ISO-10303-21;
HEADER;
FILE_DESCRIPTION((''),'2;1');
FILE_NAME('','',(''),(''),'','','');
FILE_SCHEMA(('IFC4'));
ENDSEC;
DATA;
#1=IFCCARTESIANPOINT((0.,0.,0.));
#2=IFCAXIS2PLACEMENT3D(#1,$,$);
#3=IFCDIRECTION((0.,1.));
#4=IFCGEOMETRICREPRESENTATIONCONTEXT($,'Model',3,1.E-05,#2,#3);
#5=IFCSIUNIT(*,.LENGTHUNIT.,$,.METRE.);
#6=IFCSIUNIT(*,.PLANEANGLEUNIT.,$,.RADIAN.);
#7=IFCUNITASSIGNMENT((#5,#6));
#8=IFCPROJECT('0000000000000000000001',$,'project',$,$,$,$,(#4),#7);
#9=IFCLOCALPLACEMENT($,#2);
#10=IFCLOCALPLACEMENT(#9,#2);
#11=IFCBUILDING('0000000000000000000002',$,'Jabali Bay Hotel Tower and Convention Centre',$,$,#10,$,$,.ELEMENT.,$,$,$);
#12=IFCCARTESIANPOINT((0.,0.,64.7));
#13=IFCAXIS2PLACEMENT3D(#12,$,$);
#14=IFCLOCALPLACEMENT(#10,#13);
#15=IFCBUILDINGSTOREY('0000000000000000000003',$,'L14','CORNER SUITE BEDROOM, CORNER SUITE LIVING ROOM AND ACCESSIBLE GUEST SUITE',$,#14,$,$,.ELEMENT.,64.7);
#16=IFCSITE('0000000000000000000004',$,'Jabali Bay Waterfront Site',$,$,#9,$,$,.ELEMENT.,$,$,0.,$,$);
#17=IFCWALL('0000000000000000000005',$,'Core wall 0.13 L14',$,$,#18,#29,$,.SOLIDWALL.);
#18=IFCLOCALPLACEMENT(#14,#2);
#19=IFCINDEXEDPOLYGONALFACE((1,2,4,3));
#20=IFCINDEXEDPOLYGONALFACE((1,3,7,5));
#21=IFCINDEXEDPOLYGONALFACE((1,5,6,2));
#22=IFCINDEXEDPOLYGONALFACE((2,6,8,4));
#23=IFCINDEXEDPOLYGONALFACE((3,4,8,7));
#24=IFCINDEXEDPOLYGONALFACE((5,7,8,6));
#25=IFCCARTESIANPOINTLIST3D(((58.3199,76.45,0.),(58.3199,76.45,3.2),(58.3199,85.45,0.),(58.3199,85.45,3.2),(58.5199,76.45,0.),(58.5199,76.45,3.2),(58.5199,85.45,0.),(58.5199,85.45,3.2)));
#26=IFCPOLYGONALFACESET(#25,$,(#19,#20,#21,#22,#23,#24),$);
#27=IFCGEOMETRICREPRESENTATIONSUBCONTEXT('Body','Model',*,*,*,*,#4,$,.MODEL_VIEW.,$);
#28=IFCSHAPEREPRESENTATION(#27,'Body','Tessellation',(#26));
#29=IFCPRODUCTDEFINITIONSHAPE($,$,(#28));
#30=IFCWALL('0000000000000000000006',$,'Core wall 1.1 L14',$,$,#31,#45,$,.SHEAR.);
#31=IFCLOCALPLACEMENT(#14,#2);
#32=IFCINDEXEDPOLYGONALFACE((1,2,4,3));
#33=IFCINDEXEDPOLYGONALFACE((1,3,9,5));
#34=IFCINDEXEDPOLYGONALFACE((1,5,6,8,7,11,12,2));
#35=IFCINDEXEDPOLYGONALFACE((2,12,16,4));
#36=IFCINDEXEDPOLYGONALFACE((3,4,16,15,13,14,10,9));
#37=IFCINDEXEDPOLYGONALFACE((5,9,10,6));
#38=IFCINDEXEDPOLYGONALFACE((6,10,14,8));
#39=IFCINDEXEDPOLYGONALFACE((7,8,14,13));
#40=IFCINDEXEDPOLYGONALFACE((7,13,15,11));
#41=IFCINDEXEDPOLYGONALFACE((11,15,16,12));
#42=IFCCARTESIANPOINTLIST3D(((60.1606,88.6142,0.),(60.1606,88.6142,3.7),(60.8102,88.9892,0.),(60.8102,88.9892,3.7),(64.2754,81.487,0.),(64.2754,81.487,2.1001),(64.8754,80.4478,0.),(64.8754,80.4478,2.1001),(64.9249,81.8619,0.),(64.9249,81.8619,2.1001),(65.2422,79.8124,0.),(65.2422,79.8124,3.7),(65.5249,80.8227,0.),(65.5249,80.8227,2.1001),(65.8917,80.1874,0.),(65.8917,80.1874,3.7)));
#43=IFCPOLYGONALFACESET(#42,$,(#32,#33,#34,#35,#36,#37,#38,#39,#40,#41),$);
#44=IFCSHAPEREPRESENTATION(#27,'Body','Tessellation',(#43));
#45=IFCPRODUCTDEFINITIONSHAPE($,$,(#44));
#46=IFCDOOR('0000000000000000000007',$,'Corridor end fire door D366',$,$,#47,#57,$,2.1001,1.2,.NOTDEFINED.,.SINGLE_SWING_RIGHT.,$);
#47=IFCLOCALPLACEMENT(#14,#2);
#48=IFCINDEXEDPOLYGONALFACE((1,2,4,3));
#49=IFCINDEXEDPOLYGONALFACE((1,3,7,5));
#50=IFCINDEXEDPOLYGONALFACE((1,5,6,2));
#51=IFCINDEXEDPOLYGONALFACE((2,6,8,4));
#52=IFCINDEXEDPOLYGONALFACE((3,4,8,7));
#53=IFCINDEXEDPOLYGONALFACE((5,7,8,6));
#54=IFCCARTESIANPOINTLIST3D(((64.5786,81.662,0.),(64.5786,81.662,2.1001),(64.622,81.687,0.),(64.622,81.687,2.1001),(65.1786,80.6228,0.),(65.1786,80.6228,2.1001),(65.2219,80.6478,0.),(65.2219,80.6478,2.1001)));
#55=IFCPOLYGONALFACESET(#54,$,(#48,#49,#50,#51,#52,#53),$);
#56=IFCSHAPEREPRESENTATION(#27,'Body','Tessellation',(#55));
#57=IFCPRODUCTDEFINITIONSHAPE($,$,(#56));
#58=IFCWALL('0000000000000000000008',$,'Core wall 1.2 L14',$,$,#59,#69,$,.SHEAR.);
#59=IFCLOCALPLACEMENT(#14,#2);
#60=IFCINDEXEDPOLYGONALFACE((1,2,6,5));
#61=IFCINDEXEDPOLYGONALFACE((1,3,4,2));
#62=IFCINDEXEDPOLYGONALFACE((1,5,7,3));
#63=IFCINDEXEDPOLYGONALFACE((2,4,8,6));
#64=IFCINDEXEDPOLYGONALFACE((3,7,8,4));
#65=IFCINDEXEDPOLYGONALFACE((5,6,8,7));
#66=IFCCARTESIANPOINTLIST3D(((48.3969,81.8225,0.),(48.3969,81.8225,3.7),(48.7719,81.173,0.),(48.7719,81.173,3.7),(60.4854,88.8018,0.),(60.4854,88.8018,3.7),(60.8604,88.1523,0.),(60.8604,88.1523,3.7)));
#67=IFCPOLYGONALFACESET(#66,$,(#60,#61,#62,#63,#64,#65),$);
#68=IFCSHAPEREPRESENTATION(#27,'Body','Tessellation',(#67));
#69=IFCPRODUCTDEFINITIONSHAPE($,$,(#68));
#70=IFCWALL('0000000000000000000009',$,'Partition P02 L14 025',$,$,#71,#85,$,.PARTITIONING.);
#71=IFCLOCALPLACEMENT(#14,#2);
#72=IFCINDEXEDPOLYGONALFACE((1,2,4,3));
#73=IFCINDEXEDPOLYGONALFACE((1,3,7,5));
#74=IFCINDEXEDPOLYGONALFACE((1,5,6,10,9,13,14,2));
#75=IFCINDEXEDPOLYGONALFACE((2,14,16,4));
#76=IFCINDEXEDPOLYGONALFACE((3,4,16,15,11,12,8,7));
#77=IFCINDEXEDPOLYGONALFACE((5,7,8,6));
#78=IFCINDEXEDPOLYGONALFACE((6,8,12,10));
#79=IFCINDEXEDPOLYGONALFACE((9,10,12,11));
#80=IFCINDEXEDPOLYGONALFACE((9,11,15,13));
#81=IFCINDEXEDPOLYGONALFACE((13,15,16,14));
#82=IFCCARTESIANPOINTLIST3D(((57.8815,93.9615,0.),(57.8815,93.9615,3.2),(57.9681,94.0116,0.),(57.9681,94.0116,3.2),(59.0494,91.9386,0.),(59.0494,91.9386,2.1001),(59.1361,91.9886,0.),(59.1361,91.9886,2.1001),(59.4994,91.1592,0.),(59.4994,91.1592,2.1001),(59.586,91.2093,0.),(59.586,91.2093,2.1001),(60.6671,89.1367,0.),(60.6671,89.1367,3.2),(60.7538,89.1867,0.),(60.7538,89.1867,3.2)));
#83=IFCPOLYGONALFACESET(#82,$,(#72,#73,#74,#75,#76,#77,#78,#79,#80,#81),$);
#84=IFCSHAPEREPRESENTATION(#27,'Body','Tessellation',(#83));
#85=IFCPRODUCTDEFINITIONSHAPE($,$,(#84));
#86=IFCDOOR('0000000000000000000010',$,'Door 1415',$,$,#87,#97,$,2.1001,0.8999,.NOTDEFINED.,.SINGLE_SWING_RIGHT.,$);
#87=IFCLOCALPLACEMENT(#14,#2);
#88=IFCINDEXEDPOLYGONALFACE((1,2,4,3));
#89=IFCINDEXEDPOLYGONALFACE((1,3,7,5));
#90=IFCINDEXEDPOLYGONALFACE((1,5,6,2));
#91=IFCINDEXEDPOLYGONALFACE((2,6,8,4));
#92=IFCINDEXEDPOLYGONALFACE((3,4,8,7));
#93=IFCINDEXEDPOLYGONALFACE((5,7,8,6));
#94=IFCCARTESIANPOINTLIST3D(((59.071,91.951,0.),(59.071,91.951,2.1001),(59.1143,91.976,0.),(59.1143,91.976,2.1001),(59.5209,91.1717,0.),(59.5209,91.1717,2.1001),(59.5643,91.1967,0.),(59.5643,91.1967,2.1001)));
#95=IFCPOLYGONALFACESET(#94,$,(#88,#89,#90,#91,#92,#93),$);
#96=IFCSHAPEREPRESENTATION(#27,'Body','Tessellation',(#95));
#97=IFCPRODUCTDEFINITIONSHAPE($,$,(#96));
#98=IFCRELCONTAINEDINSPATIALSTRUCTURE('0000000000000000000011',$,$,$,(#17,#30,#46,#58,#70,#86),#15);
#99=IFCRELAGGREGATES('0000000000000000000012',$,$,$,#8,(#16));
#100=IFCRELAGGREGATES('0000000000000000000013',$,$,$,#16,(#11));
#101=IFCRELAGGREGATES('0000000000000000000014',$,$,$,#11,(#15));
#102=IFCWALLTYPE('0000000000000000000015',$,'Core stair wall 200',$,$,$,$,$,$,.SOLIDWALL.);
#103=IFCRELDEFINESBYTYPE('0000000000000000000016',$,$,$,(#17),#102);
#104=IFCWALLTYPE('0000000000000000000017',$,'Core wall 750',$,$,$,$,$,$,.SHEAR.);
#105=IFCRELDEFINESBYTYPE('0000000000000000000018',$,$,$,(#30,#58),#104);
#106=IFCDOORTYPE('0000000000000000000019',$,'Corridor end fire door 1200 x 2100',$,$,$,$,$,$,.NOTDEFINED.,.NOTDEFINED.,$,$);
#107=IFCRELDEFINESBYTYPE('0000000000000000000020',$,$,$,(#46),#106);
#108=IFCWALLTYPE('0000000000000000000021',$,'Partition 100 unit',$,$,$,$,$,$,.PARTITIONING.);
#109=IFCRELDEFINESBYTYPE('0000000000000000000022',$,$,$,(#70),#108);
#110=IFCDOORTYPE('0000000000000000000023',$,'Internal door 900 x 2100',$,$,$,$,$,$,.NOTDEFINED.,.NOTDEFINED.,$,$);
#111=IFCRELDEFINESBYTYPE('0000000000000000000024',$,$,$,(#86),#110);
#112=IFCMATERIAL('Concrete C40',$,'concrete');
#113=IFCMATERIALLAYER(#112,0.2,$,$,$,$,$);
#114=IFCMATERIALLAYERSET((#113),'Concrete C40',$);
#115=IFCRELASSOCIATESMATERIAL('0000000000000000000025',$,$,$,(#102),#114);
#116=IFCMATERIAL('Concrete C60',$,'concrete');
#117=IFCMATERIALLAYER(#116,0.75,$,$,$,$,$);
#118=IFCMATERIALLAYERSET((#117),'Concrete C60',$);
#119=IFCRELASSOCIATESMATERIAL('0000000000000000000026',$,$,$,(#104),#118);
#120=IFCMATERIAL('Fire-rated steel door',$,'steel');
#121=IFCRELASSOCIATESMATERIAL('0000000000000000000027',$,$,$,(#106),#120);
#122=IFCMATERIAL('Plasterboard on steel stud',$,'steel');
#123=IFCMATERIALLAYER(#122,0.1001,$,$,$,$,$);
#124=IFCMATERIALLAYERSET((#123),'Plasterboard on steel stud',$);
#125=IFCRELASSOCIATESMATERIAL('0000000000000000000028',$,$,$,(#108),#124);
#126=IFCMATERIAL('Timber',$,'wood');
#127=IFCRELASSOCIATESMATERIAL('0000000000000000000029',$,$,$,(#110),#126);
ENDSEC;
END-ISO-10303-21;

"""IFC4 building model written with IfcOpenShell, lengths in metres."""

from ifc_helpers import new_model, si_unit, direction, frame, frame_2d, origin, place, context, subcontext, project, spatial, rectangle, extrude, material, layer, layer_set, type_object, element, fill, save


model = new_model("IFC4")

# Units and contexts
model_context = context("Model", 3, precision=1e-05, world=origin(), true_north=direction((0.0, 1.0)))
body_context = subcontext(model_context, "Body", "Model", "MODEL_VIEW")
ifc_project = project(units=[si_unit("LENGTHUNIT", "METRE"), si_unit("PLANEANGLEUNIT", "RADIAN")], contexts=[model_context])

# Site, building, storey
site_placement = place(None, origin())
site = spatial("IfcSite", under=ifc_project, at=site_placement, Name="Jabali Bay Waterfront Site", CompositionType="ELEMENT", RefElevation=0.0)
building_placement = place(site_placement, origin())
building = spatial("IfcBuilding", under=site, at=building_placement, Name="Jabali Bay Hotel Tower and Convention Centre", CompositionType="ELEMENT")
storey_placement = place(building_placement, frame((0.0, 0.0, 64.7)))
storey = spatial("IfcBuildingStorey", under=building, at=storey_placement, Name="L14", Description="CORNER SUITE BEDROOM, CORNER SUITE LIVING ROOM AND ACCESSIBLE GUEST SUITE", CompositionType="ELEMENT", Elevation=64.7)

# Shared definitions
ifc_material_1 = material(Name="Concrete C40", Category="concrete")
ifc_material_2 = material(Name="Fire-rated steel door", Category="steel")

# Shared definitions
ifc_layer_1 = layer(ifc_material_1, 0.2)
ifc_layer_set_1 = layer_set([ifc_layer_1], Name="Concrete C40")
wall_type_1 = type_object("IfcWallType", Name="Core stair wall 200", PredefinedType="SOLIDWALL", material=ifc_layer_set_1)

# Wall
wall_1_placement = place(storey_placement, frame((58.4199, 85.45, 0.0), z_axis=(0.0, 0.0, 1.0), x_axis=(0.0, -1.0, 0.0)))
element("IfcWall", 1, at=wall_1_placement, inside=storey, type_object=wall_type_1, Name="Core wall 0.13 L14", PredefinedType="SOLIDWALL", context=body_context, shape_type="SweptSolid", body=[
    extrude(rectangle(XDim=9.0, YDim=0.2, at=frame_2d((4.5, 0.0))), origin(), (0.0, 0.0, 1.0), 3.2),
])

# Wall, opening, door
ifc_material_3 = material(Name="Concrete C60", Category="concrete")
ifc_layer_2 = layer(ifc_material_3, 0.75)
ifc_layer_set_2 = layer_set([ifc_layer_2], Name="Concrete C60")
wall_type_2 = type_object("IfcWallType", Name="Core wall 750", PredefinedType="SHEAR", material=ifc_layer_set_2)
wall_2_placement = place(storey_placement, frame((65.5669, 80.0, 0.0), z_axis=(0.0, 0.0, 1.0), x_axis=(-0.499989, 0.866032, 0.0)))
wall_2 = element("IfcWall", 2, at=wall_2_placement, inside=storey, type_object=wall_type_2, Name="Core wall 1.1 L14", PredefinedType="SHEAR", context=body_context, shape_type="SweptSolid", body=[
    extrude(rectangle(XDim=10.1633, YDim=0.75, at=frame_2d((5.0815, 0.0))), origin(), (0.0, 0.0, 1.0), 3.7),
])
opening_1_placement = place(wall_2_placement, frame((0.7334, 0.0, 0.0)))
opening_1 = element("IfcOpeningElement", 3, at=opening_1_placement, cuts=wall_2, PredefinedType="OPENING", context=body_context, shape_type="SweptSolid", body=[
    extrude(rectangle(XDim=1.2, YDim=2.1001, at=frame_2d((0.6001, 1.05))), frame((0.0, 0.3855, 0.0), z_axis=(0.0, -1.0, 0.0), x_axis=(1.0, 0.0, 0.0)), (0.0, 0.0, 1.0), 0.771),
])
door_type_1 = type_object("IfcDoorType", Name="Corridor end fire door 1200 x 2100", OperationType="NOTDEFINED", PredefinedType="NOTDEFINED", material=ifc_material_2)
door_1_placement = place(opening_1_placement, origin())
door_1 = element("IfcDoor", 4, at=door_1_placement, inside=storey, type_object=door_type_1, Name="Corridor end fire door D366", OperationType="SINGLE_SWING_RIGHT", OverallHeight=2.1001, OverallWidth=1.2, PredefinedType="NOTDEFINED", context=body_context, shape_type="SweptSolid", body=[
    extrude(rectangle(XDim=1.2, YDim=2.1001, at=frame_2d((0.6001, 1.05))), frame((0.0, 0.0249, 0.0), z_axis=(0.0, -1.0, 0.0), x_axis=(1.0, 0.0, 0.0)), (0.0, 0.0, 1.0), 0.05),
])
fill(opening_1, door_1)

# Wall
wall_3_placement = place(storey_placement, frame((60.6729, 88.4771, 0.0), z_axis=(0.0, 0.0, 1.0), x_axis=(-0.866025, -0.500001, 0.0)))
element("IfcWall", 5, at=wall_3_placement, inside=storey, type_object=wall_type_2, Name="Core wall 1.2 L14", PredefinedType="SHEAR", context=body_context, shape_type="SweptSolid", body=[
    extrude(rectangle(XDim=13.9585, YDim=0.75, at=frame_2d((6.9792, 0.0))), origin(), (0.0, 0.0, 1.0), 3.7),
])

# Wall, opening, door
ifc_material_4 = material(Name="Plasterboard on steel stud", Category="steel")
ifc_layer_3 = layer(ifc_material_4, 0.1001)
ifc_layer_set_3 = layer_set([ifc_layer_3], Name="Plasterboard on steel stud")
wall_type_3 = type_object("IfcWallType", Name="Partition 100 unit", PredefinedType="PARTITIONING", material=ifc_layer_set_3)
wall_4_placement = place(storey_placement, frame((57.9248, 93.9866, 0.0), z_axis=(0.0, 0.0, 1.0), x_axis=(0.499994, -0.866029, 0.0)))
wall_4 = element("IfcWall", 6, at=wall_4_placement, inside=storey, type_object=wall_type_3, Name="Partition P02 L14 025", PredefinedType="PARTITIONING", context=body_context, shape_type="SweptSolid", body=[
    extrude(rectangle(XDim=5.5713, YDim=0.1001, at=frame_2d((2.7856, 0.0))), origin(), (0.0, 0.0, 1.0), 3.2),
])
opening_2_placement = place(wall_4_placement, frame((2.3359, 0.0, 0.0)))
opening_2 = element("IfcOpeningElement", 7, at=opening_2_placement, cuts=wall_4, PredefinedType="OPENING", context=body_context, shape_type="SweptSolid", body=[
    extrude(rectangle(XDim=0.8999, YDim=2.1001, at=frame_2d((0.45, 1.05))), frame((0.0, 0.0605, 0.0), z_axis=(0.0, -1.0, 0.0), x_axis=(1.0, 0.0, 0.0)), (0.0, 0.0, 1.0), 0.1211),
])
ifc_material_5 = material(Name="Timber", Category="wood")
door_type_2 = type_object("IfcDoorType", Name="Internal door 900 x 2100", OperationType="NOTDEFINED", PredefinedType="NOTDEFINED", material=ifc_material_5)
door_2_placement = place(opening_2_placement, origin())
door_2 = element("IfcDoor", 8, at=door_2_placement, inside=storey, type_object=door_type_2, Name="Door 1415", OperationType="SINGLE_SWING_RIGHT", OverallHeight=2.1001, OverallWidth=0.8999, PredefinedType="NOTDEFINED", context=body_context, shape_type="SweptSolid", body=[
    extrude(rectangle(XDim=0.8999, YDim=2.1001, at=frame_2d((0.45, 1.05))), frame((0.0, 0.0249, 0.0), z_axis=(0.0, -1.0, 0.0), x_axis=(1.0, 0.0, 0.0)), (0.0, 0.0, 1.0), 0.05),
])
fill(opening_2, door_2)

save(model, "model.ifc")
